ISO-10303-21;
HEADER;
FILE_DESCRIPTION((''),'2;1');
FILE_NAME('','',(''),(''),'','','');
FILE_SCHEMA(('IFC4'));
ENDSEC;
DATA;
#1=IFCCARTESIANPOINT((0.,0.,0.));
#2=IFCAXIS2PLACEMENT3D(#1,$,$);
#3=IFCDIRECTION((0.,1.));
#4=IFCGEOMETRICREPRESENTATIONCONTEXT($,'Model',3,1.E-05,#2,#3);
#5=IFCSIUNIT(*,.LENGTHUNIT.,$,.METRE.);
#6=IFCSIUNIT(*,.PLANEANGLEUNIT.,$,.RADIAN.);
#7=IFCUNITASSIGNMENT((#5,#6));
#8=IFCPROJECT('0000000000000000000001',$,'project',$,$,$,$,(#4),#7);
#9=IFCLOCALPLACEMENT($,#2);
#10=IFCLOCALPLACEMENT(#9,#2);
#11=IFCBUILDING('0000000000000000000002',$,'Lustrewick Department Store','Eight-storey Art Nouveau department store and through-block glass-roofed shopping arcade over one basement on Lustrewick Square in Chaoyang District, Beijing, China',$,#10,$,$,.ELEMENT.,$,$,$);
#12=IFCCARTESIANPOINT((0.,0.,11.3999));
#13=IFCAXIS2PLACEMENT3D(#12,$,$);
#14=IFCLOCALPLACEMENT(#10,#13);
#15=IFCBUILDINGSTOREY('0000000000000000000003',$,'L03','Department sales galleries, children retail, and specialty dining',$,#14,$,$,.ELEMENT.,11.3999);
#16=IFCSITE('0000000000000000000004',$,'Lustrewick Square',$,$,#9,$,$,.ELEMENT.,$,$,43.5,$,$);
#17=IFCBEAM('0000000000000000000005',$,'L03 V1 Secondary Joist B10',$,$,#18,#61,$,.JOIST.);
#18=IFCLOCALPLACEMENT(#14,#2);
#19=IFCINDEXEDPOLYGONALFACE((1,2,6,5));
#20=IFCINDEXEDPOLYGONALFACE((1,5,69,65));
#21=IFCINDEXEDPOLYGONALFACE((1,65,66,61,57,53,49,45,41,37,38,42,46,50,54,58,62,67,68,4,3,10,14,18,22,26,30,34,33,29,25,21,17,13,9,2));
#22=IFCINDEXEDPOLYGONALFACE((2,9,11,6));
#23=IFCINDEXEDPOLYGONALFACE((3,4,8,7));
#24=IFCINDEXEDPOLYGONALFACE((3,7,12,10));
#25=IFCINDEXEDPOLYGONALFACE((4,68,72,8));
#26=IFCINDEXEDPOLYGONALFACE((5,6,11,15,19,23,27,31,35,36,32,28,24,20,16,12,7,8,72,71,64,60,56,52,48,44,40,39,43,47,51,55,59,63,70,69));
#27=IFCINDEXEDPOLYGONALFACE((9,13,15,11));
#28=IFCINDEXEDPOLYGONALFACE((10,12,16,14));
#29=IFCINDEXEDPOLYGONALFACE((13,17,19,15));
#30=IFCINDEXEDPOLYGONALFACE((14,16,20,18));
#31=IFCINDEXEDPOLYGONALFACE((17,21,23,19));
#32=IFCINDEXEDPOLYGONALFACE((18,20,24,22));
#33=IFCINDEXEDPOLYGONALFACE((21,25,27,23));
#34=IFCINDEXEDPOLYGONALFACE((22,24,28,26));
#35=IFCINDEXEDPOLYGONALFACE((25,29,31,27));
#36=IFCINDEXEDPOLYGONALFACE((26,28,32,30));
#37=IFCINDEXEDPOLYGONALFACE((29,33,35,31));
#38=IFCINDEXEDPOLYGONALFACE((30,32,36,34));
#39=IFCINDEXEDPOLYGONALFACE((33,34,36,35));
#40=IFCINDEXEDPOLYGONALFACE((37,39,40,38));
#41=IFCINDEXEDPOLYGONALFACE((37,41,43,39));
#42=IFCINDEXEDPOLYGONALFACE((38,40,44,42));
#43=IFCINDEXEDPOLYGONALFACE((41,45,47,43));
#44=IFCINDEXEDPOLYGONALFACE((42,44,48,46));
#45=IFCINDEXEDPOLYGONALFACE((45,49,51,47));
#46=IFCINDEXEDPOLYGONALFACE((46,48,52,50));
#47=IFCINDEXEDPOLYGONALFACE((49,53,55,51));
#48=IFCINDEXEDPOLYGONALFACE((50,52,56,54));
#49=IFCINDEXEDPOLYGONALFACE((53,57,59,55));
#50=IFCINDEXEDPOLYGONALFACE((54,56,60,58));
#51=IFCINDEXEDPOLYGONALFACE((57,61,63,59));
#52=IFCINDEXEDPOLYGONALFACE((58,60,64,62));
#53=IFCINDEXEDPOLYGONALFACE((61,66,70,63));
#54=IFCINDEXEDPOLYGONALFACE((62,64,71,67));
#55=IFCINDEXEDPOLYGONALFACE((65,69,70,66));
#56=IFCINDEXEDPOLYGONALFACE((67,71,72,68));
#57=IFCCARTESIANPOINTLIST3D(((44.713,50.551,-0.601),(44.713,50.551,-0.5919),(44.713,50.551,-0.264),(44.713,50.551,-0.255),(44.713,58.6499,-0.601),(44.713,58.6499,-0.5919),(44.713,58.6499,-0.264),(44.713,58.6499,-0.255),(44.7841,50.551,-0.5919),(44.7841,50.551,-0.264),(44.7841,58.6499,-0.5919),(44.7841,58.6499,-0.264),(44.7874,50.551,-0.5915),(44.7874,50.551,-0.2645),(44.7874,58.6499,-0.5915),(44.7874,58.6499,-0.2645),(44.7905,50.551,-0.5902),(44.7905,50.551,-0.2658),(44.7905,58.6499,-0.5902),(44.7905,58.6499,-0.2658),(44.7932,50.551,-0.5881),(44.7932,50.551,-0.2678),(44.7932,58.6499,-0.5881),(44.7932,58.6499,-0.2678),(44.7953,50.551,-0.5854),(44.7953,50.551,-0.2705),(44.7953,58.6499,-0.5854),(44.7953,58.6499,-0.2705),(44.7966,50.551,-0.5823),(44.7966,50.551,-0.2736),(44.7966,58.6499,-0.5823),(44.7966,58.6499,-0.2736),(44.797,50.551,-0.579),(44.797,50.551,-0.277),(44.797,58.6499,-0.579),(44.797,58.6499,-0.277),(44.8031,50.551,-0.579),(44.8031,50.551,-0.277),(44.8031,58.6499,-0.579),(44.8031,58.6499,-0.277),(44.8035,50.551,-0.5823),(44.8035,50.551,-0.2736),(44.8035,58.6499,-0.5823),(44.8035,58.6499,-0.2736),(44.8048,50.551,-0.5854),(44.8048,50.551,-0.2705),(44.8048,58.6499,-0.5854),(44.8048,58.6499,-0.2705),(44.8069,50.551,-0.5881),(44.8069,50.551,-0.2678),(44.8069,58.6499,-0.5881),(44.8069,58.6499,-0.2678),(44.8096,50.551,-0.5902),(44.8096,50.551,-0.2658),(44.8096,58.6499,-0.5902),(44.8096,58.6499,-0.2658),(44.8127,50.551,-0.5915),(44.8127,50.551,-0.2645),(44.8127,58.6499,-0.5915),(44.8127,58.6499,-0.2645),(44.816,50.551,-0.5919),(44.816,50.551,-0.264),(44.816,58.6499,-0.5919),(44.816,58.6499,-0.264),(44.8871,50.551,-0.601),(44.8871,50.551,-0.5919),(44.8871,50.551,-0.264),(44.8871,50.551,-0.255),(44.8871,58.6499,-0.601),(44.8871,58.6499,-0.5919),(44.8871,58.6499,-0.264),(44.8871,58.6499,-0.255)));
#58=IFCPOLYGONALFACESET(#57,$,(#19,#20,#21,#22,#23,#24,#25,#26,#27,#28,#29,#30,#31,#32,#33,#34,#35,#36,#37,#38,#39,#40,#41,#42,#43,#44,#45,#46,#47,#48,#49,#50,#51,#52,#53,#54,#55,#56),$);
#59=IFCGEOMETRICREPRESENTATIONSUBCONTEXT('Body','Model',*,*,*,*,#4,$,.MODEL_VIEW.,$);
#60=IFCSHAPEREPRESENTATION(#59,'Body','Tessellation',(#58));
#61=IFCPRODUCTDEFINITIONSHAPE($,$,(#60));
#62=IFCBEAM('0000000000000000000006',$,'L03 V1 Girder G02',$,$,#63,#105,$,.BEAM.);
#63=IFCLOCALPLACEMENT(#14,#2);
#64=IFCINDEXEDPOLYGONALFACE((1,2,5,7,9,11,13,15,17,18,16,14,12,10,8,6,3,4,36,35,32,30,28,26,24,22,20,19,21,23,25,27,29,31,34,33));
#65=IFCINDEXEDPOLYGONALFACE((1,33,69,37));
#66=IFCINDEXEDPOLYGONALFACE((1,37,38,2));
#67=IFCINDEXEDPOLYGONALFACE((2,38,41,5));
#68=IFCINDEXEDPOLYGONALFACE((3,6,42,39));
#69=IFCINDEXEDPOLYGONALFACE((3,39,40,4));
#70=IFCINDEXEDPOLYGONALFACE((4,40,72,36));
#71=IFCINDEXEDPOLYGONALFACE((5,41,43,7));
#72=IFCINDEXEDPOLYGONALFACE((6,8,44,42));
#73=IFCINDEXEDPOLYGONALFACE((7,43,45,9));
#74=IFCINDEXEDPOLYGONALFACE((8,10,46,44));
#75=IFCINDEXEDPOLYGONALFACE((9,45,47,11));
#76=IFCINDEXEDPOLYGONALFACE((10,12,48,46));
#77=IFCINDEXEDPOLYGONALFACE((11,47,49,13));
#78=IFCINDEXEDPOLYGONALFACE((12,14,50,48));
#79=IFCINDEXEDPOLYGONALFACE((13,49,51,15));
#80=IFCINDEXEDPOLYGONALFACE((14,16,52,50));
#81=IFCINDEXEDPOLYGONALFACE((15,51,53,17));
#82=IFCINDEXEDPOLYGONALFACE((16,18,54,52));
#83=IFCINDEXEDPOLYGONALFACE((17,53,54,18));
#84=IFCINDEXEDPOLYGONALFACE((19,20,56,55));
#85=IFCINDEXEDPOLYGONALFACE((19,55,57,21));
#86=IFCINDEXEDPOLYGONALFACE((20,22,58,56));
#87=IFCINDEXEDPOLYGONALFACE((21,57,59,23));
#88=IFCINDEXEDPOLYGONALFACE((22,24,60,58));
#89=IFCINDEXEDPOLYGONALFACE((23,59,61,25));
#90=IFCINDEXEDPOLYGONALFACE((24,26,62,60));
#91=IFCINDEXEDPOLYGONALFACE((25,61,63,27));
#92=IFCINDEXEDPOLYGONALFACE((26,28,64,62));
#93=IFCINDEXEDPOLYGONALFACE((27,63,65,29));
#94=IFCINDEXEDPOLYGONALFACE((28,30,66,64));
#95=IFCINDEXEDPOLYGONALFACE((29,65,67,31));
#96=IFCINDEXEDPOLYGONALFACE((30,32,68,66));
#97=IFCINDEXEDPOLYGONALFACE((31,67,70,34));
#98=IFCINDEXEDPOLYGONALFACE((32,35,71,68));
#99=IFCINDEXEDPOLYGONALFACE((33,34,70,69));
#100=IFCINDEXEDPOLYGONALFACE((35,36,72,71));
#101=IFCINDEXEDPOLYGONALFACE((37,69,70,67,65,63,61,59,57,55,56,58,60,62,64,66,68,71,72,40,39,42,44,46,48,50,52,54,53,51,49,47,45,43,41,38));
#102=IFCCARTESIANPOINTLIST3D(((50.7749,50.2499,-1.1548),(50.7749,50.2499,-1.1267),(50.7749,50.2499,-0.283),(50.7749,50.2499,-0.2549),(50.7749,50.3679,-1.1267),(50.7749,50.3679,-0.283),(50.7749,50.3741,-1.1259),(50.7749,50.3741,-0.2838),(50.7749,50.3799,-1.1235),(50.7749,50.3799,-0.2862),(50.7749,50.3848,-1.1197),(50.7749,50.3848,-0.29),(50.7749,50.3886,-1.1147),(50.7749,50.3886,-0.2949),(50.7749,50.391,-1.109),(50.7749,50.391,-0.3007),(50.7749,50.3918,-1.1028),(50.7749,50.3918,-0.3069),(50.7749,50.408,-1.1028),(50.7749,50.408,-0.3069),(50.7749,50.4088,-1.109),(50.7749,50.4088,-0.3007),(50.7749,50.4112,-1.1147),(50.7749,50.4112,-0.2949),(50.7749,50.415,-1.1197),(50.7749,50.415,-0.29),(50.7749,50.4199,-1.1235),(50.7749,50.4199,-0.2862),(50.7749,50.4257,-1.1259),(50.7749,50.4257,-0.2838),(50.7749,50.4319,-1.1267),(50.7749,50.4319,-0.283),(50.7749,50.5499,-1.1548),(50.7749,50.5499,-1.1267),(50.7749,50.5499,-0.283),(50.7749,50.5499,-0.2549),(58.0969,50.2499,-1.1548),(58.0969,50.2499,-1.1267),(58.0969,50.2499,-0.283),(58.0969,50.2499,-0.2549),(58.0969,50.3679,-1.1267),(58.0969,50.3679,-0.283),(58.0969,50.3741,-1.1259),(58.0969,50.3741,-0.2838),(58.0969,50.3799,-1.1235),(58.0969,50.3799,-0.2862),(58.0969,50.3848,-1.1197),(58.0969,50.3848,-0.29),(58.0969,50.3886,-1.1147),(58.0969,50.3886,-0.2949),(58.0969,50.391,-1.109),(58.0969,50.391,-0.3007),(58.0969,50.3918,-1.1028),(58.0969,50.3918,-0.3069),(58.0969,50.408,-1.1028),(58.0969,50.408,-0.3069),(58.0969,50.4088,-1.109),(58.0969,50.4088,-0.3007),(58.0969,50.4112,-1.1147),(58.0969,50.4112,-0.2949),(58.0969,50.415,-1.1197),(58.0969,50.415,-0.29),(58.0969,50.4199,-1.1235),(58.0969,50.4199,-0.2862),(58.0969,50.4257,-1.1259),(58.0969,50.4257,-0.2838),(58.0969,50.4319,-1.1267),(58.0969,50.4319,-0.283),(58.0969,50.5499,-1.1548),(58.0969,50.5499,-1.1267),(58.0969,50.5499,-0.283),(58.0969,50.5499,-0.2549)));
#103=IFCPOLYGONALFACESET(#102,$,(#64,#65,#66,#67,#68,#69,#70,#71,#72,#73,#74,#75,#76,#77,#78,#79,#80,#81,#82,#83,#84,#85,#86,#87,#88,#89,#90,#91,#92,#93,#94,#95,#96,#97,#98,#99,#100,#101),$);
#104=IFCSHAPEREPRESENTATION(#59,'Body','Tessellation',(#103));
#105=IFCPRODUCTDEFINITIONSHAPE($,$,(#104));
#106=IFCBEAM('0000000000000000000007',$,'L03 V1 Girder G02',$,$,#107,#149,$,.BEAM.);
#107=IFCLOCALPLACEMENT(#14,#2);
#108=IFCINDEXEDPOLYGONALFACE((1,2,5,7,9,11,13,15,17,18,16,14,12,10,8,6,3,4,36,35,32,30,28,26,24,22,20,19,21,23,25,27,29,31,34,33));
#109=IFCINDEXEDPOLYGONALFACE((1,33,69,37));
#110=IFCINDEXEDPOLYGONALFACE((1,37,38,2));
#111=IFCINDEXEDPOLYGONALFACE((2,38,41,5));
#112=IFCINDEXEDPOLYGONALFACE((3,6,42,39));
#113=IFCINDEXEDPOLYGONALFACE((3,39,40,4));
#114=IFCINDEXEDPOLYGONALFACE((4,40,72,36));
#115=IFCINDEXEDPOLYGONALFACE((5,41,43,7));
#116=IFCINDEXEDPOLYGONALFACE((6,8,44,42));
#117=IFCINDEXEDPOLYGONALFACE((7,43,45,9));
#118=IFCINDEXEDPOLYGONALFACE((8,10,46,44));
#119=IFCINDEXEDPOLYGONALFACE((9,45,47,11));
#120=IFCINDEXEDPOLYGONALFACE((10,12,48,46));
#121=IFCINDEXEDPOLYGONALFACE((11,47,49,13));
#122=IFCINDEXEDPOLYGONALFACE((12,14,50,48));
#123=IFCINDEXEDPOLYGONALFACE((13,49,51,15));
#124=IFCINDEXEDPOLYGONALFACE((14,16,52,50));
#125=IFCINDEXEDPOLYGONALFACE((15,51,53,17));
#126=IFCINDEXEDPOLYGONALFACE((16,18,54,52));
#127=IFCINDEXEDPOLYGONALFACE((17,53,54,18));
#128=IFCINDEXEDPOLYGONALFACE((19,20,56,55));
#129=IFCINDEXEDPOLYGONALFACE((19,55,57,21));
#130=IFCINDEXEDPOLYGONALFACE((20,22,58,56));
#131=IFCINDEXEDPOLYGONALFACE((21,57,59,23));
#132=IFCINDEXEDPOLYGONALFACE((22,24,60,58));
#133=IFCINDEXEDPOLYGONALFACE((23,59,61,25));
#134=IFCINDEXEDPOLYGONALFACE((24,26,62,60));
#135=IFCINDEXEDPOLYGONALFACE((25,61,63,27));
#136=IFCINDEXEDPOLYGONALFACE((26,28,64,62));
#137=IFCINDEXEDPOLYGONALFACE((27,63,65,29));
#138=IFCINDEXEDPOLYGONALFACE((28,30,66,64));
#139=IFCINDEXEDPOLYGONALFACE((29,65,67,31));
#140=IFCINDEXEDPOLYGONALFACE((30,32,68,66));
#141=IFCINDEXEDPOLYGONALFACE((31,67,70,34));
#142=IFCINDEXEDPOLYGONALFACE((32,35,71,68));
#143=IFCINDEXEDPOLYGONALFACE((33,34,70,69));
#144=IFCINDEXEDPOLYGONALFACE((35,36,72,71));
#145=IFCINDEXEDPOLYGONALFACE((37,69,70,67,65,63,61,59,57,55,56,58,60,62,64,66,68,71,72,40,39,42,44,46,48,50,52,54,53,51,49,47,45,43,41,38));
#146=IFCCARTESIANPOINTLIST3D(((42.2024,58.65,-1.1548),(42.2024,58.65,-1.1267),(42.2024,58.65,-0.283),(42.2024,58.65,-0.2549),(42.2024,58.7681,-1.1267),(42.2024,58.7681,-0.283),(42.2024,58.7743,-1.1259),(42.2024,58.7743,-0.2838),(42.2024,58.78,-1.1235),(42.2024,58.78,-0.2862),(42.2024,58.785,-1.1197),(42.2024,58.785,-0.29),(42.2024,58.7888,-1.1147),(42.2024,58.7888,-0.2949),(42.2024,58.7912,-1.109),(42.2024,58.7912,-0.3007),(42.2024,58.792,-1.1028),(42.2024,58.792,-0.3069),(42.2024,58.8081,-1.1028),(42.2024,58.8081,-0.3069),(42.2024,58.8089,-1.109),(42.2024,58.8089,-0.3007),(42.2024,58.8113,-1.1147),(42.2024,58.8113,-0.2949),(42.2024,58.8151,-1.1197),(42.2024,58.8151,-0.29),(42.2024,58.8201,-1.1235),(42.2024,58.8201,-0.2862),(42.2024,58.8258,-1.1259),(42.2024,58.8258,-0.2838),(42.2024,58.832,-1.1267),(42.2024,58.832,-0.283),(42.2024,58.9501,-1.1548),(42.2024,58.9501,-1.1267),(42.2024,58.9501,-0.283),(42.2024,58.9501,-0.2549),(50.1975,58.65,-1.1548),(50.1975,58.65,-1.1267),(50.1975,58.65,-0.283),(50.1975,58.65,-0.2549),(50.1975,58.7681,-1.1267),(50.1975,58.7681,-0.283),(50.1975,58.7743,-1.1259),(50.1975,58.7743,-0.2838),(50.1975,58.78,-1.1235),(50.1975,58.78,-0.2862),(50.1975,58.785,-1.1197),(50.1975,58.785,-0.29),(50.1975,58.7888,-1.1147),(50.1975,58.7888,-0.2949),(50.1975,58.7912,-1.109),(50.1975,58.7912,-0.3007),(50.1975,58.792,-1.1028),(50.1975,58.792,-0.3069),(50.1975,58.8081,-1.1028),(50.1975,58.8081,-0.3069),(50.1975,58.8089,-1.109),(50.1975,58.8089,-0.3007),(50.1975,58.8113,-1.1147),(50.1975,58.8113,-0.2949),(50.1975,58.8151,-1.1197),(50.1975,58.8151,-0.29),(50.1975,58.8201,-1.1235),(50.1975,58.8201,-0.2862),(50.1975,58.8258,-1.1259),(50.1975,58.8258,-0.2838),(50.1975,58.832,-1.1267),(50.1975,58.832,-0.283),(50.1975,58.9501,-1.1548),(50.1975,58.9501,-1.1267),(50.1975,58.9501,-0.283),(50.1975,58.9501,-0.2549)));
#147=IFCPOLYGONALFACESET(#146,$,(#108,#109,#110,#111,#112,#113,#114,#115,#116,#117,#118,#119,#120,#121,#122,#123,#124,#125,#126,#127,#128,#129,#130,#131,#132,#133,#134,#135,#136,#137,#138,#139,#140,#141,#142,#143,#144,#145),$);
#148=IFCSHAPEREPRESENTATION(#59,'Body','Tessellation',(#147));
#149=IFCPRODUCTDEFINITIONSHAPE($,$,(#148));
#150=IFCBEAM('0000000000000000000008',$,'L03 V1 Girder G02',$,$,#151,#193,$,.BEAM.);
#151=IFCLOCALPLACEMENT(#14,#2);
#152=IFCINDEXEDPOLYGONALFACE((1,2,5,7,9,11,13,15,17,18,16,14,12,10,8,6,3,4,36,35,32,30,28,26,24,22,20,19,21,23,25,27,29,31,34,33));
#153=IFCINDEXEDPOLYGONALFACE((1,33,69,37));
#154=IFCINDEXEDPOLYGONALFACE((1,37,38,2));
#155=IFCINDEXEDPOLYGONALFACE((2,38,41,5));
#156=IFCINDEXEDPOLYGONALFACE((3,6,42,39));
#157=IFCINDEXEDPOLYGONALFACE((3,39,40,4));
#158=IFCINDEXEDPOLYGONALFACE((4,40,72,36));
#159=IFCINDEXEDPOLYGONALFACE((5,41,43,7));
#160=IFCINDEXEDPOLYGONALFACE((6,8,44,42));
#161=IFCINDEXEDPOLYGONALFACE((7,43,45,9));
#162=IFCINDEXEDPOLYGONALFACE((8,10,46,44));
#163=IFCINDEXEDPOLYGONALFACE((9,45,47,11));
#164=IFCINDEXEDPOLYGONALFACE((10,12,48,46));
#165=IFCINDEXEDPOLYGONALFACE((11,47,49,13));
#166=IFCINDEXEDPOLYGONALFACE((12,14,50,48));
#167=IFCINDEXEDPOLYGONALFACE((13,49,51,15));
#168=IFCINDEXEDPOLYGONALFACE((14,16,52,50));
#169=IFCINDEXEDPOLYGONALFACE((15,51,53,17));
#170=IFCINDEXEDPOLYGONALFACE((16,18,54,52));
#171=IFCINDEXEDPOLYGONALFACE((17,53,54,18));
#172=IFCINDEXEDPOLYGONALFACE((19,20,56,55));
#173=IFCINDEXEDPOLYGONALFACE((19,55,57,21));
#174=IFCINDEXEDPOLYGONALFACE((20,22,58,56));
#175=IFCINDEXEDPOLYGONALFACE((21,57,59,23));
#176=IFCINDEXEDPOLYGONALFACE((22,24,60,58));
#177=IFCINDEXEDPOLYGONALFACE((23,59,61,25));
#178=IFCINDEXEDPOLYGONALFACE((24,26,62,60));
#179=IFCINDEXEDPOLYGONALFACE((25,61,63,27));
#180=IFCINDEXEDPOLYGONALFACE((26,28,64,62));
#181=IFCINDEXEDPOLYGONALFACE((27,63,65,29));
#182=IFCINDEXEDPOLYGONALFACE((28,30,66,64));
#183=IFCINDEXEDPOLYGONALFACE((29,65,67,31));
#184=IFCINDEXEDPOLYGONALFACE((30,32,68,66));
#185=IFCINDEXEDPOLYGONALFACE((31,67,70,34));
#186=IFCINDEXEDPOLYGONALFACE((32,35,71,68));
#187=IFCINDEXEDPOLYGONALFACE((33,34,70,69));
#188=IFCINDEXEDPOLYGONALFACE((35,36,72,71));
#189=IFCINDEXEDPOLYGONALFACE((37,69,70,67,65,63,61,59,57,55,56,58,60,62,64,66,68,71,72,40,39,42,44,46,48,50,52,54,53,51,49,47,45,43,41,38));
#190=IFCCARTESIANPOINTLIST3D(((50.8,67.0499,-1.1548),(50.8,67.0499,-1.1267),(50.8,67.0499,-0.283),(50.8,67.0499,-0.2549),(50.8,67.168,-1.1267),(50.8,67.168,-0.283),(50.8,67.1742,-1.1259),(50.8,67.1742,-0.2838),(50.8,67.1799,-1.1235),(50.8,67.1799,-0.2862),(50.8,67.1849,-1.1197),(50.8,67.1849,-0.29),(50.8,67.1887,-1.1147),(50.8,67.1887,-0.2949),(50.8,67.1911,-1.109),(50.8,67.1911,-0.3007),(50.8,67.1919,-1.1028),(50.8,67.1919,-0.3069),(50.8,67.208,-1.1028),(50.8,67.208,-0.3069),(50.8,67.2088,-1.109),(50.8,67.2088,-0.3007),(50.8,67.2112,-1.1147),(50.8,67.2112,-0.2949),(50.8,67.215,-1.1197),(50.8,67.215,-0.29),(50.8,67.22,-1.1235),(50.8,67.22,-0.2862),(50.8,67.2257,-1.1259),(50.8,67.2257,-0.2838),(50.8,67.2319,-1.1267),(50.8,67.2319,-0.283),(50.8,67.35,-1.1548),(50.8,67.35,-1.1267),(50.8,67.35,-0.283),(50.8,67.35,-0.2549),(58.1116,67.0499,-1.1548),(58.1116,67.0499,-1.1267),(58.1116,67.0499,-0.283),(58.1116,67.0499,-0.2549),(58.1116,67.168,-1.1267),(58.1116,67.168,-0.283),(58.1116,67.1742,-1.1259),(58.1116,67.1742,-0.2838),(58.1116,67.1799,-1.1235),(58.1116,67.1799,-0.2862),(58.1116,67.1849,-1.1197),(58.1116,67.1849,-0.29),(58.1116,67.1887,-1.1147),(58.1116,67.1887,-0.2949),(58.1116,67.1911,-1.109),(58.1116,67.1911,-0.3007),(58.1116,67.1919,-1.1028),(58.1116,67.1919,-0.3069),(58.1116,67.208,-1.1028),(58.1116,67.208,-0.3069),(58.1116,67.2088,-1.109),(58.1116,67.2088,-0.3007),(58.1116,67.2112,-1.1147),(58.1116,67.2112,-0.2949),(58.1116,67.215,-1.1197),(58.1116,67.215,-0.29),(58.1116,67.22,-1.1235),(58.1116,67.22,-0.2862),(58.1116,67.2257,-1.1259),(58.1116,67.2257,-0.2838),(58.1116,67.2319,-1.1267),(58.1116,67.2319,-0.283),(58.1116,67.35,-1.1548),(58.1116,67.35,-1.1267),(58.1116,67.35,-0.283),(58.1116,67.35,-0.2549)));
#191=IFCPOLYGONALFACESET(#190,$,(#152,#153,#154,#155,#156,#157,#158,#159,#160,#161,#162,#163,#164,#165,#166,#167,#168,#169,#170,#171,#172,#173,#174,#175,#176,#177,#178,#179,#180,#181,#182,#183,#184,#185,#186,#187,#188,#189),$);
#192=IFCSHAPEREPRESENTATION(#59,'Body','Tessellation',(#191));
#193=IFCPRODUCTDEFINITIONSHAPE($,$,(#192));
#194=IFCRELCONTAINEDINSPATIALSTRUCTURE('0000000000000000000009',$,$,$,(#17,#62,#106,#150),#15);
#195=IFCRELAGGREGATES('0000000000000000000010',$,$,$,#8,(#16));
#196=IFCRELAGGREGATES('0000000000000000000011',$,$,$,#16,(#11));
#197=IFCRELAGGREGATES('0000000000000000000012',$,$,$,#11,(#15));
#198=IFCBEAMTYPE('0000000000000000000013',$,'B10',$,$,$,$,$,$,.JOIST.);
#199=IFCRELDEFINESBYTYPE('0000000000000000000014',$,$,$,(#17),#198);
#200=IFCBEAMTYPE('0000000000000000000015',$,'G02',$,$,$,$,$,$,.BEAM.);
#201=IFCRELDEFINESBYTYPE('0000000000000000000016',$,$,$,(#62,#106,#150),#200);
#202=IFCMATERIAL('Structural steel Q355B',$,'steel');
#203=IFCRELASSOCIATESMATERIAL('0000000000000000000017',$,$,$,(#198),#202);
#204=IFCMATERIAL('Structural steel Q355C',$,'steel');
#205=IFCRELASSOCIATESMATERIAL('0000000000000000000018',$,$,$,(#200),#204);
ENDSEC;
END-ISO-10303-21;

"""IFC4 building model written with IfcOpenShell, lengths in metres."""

from ifc_helpers import new_model, si_unit, direction, frame, origin, origin_2d, place, context, subcontext, project, spatial, i_section, extrude, material, material_profile, profile_set, type_object, element, save


model = new_model("IFC4")

# Units and contexts
model_context = context("Model", 3, precision=1e-05, world=origin(), true_north=direction((0.0, 1.0)))
body_context = subcontext(model_context, "Body", "Model", "MODEL_VIEW")
ifc_project = project(units=[si_unit("LENGTHUNIT", "METRE"), si_unit("PLANEANGLEUNIT", "RADIAN")], contexts=[model_context])

# Site, building, storey
site_placement = place(None, origin())
site = spatial("IfcSite", under=ifc_project, at=site_placement, Name="Lustrewick Square", CompositionType="ELEMENT", RefElevation=43.5)
building_placement = place(site_placement, origin())
building = spatial("IfcBuilding", under=site, at=building_placement, Name="Lustrewick Department Store", Description="Eight-storey Art Nouveau department store and through-block glass-roofed shopping arcade over one basement on Lustrewick Square in Chaoyang District, Beijing, China", CompositionType="ELEMENT")
storey_placement = place(building_placement, frame((0.0, 0.0, 11.3999)))
storey = spatial("IfcBuildingStorey", under=building, at=storey_placement, Name="L03", Description="Department sales galleries, children retail, and specialty dining", CompositionType="ELEMENT", Elevation=11.3999)

# Shared definitions
ifc_material_1 = material(Name="Structural steel Q355B", Category="steel")
ifc_material_2 = material(Name="Structural steel Q355C", Category="steel")

# Beams
ifc_material_profile_1 = material_profile(ifc_material_1, i_section(OverallWidth=0.1741, OverallDepth=0.3459, WebThickness=0.0061, FlangeThickness=0.009, FilletRadius=0.0129, at=origin_2d()), Name="HN 346x174x6x9")
ifc_profile_set_1 = profile_set([ifc_material_profile_1], Name="Structural steel Q355B")
beam_type_1 = type_object("IfcBeamType", Name="B10", PredefinedType="JOIST", material=ifc_profile_set_1)
beam_1_placement = place(storey_placement, frame((44.8, 50.551, -0.428), z_axis=(0.0, 1.0, 0.0), x_axis=(-1.0, 0.0, 0.0)))
element("IfcBeam", 1, at=beam_1_placement, inside=storey, type_object=beam_type_1, Name="L03 V1 Secondary Joist B10", PredefinedType="JOIST", context=body_context, shape_type="SweptSolid", body=[
    extrude(i_section(OverallWidth=0.1741, OverallDepth=0.3459, WebThickness=0.0061, FlangeThickness=0.009, FilletRadius=0.0129, at=origin_2d()), origin(), (0.0, 0.0, 1.0), 8.0989),
])
ifc_material_profile_2 = material_profile(ifc_material_2, i_section(OverallWidth=0.3, OverallDepth=0.8999, WebThickness=0.0161, FlangeThickness=0.0281, FilletRadius=0.0239, at=origin_2d()), Name="HN 900x300x16x28")
ifc_profile_set_2 = profile_set([ifc_material_profile_2], Name="Structural steel Q355C")
beam_type_2 = type_object("IfcBeamType", Name="G02", PredefinedType="BEAM", material=ifc_profile_set_2)
beam_2_placement = place(storey_placement, frame((50.7749, 50.3999, -0.7048), z_axis=(1.0, 0.0, 0.0), x_axis=(0.0, 1.0, 0.0)))
element("IfcBeam", 2, at=beam_2_placement, inside=storey, type_object=beam_type_2, Name="L03 V1 Girder G02", PredefinedType="BEAM", context=body_context, shape_type="SweptSolid", body=[
    extrude(i_section(OverallWidth=0.3, OverallDepth=0.8999, WebThickness=0.0161, FlangeThickness=0.0281, FilletRadius=0.0239, at=origin_2d()), origin(), (0.0, 0.0, 1.0), 7.322),
])
beam_3_placement = place(storey_placement, frame((42.2024, 58.8, -0.7048), z_axis=(1.0, 0.0, 0.0), x_axis=(0.0, 1.0, 0.0)))
element("IfcBeam", 3, at=beam_3_placement, inside=storey, type_object=beam_type_2, Name="L03 V1 Girder G02", PredefinedType="BEAM", context=body_context, shape_type="SweptSolid", body=[
    extrude(i_section(OverallWidth=0.3, OverallDepth=0.8999, WebThickness=0.0161, FlangeThickness=0.0281, FilletRadius=0.0239, at=origin_2d()), origin(), (0.0, 0.0, 1.0), 7.9951),
])
beam_4_placement = place(storey_placement, frame((50.8, 67.2, -0.7048), z_axis=(1.0, 0.0, 0.0), x_axis=(0.0, 1.0, 0.0)))
element("IfcBeam", 4, at=beam_4_placement, inside=storey, type_object=beam_type_2, Name="L03 V1 Girder G02", PredefinedType="BEAM", context=body_context, shape_type="SweptSolid", body=[
    extrude(i_section(OverallWidth=0.3, OverallDepth=0.8999, WebThickness=0.0161, FlangeThickness=0.0281, FilletRadius=0.0239, at=origin_2d()), origin(), (0.0, 0.0, 1.0), 7.3115),
])

save(model, "model.ifc")
